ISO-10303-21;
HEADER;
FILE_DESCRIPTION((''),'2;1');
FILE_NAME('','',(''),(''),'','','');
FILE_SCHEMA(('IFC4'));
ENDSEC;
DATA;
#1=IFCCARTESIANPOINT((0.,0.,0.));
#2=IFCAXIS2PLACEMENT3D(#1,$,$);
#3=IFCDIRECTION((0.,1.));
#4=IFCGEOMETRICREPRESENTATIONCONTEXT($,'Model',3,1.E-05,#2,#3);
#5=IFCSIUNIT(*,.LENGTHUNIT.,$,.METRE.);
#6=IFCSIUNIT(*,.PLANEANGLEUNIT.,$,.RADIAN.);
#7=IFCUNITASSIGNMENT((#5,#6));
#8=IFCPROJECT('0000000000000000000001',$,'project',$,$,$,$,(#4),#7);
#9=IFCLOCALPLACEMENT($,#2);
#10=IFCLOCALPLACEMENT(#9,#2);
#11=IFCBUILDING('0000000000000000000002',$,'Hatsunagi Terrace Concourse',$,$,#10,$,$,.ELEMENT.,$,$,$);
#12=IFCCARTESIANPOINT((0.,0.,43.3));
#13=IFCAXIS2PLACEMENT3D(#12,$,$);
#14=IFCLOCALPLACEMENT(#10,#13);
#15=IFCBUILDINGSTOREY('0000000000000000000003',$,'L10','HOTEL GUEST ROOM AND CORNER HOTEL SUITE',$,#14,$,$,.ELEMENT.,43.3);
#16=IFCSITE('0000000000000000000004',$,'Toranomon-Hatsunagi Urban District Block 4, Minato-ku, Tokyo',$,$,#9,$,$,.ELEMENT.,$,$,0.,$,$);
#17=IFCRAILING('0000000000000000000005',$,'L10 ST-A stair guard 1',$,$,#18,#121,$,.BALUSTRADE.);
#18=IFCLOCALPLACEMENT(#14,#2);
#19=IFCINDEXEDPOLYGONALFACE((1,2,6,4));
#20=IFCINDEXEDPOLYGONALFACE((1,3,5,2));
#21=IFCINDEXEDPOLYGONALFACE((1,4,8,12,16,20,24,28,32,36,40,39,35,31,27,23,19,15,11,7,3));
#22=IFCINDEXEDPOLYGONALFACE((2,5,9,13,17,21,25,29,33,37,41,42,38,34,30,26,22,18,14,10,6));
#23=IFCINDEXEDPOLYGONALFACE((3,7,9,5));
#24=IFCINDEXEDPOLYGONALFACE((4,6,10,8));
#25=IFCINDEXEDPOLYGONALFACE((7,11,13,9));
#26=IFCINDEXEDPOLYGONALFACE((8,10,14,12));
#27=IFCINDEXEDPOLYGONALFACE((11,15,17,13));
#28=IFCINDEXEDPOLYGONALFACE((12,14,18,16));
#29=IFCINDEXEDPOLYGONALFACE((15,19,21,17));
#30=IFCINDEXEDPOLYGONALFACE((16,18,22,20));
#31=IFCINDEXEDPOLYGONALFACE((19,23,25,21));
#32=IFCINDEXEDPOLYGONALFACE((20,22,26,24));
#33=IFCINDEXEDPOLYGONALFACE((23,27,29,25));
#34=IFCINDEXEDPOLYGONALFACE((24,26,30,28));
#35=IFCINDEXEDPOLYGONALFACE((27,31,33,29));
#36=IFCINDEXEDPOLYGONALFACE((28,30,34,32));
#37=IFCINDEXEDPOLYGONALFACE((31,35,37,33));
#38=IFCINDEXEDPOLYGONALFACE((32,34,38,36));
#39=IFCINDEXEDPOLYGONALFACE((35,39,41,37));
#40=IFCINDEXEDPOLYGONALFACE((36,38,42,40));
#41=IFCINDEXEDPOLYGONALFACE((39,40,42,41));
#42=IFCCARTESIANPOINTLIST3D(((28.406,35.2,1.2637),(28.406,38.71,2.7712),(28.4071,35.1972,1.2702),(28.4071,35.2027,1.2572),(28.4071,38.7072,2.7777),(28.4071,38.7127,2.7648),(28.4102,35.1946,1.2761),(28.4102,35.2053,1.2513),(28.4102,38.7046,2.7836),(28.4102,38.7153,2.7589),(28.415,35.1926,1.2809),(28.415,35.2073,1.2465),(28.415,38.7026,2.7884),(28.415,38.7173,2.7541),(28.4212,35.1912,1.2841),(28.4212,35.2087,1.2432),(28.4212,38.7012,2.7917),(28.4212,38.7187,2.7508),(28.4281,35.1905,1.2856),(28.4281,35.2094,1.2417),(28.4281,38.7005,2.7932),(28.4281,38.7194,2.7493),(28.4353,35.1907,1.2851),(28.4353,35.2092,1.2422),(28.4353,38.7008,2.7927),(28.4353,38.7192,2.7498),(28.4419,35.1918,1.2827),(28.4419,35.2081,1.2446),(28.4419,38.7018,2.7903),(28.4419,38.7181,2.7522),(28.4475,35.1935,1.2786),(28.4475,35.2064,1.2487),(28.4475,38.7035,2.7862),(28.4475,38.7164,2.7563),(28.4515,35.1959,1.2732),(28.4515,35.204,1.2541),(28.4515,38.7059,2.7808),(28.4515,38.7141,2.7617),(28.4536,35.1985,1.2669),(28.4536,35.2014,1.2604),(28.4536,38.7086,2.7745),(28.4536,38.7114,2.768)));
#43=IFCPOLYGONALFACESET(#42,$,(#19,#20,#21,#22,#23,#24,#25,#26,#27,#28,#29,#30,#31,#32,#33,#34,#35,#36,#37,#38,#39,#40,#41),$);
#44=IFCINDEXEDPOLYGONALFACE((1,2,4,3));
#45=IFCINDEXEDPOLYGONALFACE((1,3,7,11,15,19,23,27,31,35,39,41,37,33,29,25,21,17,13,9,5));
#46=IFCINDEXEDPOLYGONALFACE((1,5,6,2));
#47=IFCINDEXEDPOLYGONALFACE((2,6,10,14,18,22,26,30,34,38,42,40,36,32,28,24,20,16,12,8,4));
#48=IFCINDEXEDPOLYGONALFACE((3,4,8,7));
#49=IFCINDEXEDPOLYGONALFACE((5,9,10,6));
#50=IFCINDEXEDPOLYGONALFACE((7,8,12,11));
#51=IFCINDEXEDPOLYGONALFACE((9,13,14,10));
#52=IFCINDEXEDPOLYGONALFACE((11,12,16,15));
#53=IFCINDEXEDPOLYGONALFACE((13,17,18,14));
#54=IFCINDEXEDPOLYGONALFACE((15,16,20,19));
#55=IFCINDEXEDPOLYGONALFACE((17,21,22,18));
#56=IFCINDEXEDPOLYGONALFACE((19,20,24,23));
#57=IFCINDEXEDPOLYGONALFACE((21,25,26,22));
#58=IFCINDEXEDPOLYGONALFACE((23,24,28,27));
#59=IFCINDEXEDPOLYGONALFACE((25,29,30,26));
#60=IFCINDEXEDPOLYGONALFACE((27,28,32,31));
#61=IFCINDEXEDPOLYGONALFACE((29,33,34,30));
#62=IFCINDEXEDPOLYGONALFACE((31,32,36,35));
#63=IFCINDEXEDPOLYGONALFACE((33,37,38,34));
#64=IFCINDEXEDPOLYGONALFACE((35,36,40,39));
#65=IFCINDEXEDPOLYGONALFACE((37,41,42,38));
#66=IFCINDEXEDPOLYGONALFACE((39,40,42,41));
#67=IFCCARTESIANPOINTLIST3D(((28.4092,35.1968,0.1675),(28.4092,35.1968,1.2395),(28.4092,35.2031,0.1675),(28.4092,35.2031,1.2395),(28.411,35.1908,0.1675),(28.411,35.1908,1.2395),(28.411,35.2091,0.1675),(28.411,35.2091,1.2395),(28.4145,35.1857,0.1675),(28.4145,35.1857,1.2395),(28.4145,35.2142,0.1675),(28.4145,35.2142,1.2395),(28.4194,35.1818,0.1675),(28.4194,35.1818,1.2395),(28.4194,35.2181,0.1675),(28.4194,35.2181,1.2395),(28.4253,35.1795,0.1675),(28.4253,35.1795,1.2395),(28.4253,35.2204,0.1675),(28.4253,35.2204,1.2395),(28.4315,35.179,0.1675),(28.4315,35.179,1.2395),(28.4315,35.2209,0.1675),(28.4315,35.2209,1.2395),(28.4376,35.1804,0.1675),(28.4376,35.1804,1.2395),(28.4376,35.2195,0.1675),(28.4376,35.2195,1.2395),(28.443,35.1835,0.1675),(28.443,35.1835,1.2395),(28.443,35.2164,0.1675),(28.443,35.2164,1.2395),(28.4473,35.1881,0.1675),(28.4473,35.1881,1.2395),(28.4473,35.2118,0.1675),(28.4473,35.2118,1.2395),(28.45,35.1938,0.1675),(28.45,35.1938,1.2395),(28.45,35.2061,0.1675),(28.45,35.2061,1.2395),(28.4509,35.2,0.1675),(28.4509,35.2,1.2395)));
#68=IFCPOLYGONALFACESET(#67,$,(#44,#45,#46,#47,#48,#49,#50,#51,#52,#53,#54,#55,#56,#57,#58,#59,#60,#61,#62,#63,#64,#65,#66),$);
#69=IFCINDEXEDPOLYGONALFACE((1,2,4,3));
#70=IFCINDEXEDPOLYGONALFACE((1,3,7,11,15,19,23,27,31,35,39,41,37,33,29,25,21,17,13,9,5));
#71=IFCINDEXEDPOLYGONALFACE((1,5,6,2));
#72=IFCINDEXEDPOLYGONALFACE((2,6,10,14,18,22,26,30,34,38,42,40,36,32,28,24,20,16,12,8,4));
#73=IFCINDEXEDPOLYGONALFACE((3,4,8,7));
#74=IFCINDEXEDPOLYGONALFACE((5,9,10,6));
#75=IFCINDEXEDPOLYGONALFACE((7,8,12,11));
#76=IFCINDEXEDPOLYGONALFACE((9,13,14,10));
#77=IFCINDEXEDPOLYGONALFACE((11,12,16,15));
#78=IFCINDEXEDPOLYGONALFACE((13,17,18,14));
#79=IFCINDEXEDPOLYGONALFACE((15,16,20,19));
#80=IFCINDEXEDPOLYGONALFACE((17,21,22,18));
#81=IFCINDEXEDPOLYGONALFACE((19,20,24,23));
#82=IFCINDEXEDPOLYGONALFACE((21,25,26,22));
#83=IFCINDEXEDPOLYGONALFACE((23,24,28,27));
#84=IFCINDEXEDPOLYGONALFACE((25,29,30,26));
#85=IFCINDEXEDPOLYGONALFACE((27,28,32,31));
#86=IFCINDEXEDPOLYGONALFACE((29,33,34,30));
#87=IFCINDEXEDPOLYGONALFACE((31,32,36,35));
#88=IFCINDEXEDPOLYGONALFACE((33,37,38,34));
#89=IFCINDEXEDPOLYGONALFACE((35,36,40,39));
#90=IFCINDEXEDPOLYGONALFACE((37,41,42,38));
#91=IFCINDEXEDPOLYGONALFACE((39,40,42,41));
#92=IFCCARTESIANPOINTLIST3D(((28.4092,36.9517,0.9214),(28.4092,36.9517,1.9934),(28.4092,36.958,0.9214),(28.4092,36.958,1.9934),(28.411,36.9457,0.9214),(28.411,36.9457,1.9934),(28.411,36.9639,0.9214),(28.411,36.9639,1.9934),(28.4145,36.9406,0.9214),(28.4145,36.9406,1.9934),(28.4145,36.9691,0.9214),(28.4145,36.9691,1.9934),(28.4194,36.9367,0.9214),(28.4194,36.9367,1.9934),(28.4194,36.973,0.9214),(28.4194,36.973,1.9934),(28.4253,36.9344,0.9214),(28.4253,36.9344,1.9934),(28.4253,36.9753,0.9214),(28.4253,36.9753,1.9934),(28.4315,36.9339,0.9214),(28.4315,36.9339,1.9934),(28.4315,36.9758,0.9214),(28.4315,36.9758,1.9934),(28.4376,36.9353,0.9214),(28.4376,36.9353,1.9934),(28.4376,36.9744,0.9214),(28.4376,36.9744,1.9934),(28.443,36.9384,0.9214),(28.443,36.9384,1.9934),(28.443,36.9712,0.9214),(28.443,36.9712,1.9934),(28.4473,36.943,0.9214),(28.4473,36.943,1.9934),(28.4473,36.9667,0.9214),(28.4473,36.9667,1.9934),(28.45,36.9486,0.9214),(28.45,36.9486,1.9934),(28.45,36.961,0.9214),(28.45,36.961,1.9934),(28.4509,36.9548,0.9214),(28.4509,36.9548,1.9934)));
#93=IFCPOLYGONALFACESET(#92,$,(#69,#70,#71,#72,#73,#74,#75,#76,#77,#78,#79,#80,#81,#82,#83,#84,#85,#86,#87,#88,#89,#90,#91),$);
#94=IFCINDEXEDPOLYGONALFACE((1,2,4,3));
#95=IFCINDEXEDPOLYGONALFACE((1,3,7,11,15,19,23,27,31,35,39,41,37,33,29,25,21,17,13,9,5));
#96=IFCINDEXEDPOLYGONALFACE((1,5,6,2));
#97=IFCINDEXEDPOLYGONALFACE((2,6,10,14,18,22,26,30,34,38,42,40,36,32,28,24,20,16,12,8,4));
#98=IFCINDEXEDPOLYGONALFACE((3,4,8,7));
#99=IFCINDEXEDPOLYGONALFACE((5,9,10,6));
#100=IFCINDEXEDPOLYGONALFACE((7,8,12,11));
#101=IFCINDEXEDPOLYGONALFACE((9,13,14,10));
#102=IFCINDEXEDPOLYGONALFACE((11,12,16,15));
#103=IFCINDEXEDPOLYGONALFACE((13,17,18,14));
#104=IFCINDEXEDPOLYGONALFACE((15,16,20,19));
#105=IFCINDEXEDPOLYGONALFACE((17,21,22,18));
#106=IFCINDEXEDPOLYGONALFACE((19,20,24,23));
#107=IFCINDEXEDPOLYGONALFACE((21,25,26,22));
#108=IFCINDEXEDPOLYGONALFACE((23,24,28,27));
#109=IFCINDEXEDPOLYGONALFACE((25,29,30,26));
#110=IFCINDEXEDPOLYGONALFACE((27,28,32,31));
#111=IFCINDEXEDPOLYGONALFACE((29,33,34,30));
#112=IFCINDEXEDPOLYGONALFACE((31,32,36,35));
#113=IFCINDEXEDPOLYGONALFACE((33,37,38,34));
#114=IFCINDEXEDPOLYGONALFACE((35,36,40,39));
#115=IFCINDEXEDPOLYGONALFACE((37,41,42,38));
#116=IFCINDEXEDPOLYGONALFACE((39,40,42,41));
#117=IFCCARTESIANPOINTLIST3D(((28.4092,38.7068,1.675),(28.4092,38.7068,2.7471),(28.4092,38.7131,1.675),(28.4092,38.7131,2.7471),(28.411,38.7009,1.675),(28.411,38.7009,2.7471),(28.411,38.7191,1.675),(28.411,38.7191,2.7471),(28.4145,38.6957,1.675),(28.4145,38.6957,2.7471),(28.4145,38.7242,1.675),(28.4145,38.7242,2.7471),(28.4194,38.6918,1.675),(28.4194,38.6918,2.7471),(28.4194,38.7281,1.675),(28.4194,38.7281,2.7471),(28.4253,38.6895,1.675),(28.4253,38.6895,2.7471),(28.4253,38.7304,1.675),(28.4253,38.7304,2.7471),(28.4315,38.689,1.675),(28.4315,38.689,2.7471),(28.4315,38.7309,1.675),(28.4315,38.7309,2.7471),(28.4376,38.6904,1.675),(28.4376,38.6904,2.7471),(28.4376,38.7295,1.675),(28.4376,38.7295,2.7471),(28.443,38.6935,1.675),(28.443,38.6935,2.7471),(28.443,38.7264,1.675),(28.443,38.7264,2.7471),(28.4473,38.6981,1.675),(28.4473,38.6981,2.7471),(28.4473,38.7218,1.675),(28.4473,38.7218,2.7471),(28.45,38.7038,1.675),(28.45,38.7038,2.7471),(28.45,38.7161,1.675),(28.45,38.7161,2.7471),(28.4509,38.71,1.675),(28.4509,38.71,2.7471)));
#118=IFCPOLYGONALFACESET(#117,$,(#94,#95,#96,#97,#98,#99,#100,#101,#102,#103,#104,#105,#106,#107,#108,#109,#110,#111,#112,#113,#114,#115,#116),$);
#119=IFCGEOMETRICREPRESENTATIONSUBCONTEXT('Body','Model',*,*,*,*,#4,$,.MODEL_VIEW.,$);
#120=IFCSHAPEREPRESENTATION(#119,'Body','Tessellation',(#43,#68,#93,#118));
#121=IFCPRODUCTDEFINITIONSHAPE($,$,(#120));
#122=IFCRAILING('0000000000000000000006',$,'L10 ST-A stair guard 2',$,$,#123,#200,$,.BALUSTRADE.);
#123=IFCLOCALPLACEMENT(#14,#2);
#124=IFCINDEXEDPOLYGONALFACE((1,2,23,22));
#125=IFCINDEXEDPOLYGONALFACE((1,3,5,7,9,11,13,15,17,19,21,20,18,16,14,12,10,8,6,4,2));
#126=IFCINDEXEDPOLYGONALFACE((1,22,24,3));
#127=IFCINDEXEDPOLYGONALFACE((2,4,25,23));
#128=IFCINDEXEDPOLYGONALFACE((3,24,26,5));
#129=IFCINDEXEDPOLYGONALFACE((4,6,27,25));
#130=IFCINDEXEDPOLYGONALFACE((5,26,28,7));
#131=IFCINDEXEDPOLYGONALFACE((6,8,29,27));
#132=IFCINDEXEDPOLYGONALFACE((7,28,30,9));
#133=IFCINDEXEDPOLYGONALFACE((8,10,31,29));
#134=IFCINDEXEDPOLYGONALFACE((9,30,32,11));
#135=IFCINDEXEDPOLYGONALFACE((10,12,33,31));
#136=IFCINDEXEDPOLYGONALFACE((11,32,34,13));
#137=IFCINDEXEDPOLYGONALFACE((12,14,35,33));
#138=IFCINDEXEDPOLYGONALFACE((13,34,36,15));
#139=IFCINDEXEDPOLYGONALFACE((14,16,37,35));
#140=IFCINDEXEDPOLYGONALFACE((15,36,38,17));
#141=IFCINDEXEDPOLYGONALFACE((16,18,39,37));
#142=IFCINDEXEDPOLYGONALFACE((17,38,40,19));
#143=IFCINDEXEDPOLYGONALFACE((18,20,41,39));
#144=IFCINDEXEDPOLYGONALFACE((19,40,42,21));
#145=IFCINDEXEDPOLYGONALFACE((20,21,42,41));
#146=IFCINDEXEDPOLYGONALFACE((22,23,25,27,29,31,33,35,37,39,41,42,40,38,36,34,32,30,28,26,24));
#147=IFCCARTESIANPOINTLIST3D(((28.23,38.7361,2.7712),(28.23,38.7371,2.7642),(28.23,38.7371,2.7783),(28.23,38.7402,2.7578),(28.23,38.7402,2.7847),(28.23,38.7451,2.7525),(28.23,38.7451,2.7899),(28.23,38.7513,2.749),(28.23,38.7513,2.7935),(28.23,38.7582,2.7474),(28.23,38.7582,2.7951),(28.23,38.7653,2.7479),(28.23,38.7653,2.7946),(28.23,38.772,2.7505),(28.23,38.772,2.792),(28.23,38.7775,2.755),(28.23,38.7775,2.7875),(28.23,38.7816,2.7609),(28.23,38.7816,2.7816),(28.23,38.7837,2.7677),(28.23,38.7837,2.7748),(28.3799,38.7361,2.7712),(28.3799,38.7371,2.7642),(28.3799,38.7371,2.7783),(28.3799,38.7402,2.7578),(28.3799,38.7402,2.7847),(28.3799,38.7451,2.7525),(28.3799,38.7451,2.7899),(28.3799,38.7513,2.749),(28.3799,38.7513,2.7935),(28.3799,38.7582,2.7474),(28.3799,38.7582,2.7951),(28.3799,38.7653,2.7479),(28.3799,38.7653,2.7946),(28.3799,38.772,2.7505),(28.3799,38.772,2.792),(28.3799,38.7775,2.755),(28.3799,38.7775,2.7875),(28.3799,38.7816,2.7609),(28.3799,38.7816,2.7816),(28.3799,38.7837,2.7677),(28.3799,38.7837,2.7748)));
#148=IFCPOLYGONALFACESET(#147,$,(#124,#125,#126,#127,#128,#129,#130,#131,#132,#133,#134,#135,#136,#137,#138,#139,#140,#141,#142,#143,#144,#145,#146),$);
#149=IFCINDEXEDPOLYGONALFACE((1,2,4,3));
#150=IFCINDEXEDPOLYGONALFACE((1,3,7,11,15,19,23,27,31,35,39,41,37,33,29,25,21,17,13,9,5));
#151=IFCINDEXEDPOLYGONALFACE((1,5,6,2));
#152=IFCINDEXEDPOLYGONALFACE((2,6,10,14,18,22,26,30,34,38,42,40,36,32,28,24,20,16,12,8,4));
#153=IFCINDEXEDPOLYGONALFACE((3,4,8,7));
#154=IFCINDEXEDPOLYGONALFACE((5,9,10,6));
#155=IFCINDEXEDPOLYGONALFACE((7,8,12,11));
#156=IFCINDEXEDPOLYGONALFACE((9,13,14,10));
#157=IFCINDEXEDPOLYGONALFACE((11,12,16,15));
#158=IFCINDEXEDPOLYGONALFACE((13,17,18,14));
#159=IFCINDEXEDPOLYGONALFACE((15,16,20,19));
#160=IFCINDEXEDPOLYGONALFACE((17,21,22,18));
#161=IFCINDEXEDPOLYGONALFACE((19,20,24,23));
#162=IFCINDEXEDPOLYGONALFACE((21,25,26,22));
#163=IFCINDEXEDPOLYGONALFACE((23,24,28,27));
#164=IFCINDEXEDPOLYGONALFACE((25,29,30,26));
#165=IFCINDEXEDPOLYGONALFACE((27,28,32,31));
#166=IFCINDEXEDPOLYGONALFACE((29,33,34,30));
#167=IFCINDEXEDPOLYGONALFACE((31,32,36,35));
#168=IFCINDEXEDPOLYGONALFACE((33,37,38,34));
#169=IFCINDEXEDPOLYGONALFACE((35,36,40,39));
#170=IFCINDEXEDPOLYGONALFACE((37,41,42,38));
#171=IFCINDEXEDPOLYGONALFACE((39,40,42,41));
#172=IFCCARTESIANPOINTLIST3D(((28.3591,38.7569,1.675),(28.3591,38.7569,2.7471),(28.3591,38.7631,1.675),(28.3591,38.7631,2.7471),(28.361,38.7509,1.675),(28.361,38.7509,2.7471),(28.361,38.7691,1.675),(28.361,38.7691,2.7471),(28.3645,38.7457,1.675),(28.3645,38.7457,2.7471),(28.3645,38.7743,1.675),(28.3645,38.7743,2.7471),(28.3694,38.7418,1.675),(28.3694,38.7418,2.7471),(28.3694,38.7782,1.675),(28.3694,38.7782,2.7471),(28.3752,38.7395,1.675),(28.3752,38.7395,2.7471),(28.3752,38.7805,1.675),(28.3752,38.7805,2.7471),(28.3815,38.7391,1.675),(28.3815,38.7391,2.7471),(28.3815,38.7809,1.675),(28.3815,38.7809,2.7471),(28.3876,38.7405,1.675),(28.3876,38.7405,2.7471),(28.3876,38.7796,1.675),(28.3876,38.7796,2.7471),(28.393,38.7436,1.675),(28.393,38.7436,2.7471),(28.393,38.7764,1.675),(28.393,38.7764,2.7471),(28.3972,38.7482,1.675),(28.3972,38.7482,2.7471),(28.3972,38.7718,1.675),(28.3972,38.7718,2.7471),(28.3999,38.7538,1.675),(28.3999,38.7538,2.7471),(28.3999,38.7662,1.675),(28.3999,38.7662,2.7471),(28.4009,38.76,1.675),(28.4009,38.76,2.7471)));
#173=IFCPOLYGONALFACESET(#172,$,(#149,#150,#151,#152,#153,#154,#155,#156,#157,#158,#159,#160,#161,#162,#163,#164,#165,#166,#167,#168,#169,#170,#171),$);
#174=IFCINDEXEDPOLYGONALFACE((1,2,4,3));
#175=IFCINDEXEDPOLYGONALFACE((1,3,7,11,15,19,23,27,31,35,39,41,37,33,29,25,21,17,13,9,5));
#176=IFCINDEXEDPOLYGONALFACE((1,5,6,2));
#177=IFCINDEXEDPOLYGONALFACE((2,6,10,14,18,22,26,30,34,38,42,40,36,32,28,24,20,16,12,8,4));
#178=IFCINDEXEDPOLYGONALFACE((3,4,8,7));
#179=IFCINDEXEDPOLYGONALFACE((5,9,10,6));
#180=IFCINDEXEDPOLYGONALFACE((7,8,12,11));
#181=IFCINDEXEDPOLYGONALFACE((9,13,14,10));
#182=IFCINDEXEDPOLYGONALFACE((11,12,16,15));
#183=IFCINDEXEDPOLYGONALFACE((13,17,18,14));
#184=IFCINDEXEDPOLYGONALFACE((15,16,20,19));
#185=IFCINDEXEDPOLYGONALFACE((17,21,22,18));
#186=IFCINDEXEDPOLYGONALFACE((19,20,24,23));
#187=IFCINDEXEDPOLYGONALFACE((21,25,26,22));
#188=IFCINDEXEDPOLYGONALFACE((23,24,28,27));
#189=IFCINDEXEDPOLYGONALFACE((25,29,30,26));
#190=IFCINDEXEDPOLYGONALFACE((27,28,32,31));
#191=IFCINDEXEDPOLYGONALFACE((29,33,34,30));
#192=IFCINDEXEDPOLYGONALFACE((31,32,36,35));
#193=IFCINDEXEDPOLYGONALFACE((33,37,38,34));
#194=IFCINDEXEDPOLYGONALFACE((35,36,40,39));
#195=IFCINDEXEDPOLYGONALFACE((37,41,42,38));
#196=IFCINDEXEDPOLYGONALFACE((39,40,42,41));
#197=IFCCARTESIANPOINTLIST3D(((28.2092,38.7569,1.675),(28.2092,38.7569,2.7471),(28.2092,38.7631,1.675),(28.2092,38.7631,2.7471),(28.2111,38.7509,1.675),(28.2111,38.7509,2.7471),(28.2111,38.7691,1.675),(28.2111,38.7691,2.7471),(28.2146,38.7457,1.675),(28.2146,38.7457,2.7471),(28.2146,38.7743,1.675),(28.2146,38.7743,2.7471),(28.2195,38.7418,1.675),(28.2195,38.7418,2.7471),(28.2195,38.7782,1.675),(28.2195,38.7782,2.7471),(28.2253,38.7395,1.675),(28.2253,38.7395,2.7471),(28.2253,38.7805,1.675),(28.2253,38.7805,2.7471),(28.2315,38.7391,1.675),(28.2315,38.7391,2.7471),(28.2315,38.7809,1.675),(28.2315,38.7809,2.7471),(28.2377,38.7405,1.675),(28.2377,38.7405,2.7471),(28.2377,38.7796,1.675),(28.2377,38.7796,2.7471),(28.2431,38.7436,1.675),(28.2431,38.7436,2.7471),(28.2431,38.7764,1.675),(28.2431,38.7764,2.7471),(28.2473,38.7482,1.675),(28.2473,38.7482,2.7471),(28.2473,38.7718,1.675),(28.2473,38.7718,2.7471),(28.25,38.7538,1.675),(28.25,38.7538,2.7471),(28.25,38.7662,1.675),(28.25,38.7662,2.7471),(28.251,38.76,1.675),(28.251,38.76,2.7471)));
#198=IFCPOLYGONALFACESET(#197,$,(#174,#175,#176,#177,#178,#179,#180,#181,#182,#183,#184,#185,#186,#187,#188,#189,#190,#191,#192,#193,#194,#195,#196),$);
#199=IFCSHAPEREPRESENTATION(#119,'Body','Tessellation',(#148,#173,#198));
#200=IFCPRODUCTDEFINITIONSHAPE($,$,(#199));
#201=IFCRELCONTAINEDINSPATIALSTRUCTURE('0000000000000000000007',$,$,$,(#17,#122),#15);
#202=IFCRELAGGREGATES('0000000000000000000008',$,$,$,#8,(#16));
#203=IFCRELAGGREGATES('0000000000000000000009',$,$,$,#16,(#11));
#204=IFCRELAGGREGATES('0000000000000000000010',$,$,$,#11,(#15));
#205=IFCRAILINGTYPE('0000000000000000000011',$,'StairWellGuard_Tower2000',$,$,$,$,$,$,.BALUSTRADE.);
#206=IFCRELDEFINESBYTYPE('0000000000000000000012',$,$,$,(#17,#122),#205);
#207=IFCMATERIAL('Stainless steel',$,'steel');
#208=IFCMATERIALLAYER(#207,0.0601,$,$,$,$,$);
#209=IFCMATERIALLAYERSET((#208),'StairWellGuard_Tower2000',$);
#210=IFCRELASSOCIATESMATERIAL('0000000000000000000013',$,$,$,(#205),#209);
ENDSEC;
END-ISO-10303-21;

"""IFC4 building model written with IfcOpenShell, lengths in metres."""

from ifc_helpers import new_model, si_unit, direction, frame, origin, origin_2d, place, context, subcontext, project, spatial, circle, extrude, material, layer, layer_set, type_object, element, save


model = new_model("IFC4")

# Units and contexts
model_context = context("Model", 3, precision=1e-05, world=origin(), true_north=direction((0.0, 1.0)))
body_context = subcontext(model_context, "Body", "Model", "MODEL_VIEW")
ifc_project = project(units=[si_unit("LENGTHUNIT", "METRE"), si_unit("PLANEANGLEUNIT", "RADIAN")], contexts=[model_context])

# Site, building, storey
site_placement = place(None, origin())
site = spatial("IfcSite", under=ifc_project, at=site_placement, Name="Toranomon-Hatsunagi Urban District Block 4, Minato-ku, Tokyo", CompositionType="ELEMENT", RefElevation=0.0)
building_placement = place(site_placement, origin())
building = spatial("IfcBuilding", under=site, at=building_placement, Name="Hatsunagi Terrace Concourse", CompositionType="ELEMENT")
storey_placement = place(building_placement, frame((0.0, 0.0, 43.3)))
storey = spatial("IfcBuildingStorey", under=building, at=storey_placement, Name="L10", Description="HOTEL GUEST ROOM AND CORNER HOTEL SUITE", CompositionType="ELEMENT", Elevation=43.3)

# Railings
ifc_material_1 = material(Name="Stainless steel", Category="steel")
ifc_layer_1 = layer(ifc_material_1, 0.0601)
ifc_layer_set_1 = layer_set([ifc_layer_1], Name="StairWellGuard_Tower2000")
railing_type_1 = type_object("IfcRailingType", Name="StairWellGuard_Tower2000", PredefinedType="BALUSTRADE", material=ifc_layer_set_1)
railing_1_placement = place(storey_placement, frame((28.4299, 35.2, 0.1675)))
element("IfcRailing", 1, at=railing_1_placement, inside=storey, type_object=railing_type_1, Name="L10 ST-A stair guard 1", PredefinedType="BALUSTRADE", context=body_context, shape_type="SweptSolid", body=[
    extrude(circle(Radius=0.0239, at=origin_2d()), frame((0.0, 0.0, 1.0962), z_axis=(0.0, 0.918834, 0.394644), x_axis=(-1.0, 0.0, 0.0)), (0.0, 0.0, 1.0), 3.8201),
    extrude(circle(Radius=0.021, at=origin_2d()), origin(), (0.0, 0.0, 1.0), 1.072),
    extrude(circle(Radius=0.021, at=origin_2d()), frame((0.0, 1.7549, 0.7539)), (0.0, 0.0, 1.0), 1.072),
    extrude(circle(Radius=0.021, at=origin_2d()), frame((0.0, 3.51, 1.5076)), (0.0, 0.0, 1.0), 1.072),
])
railing_2_placement = place(storey_placement, frame((28.3799, 38.76, 1.675)))
element("IfcRailing", 2, at=railing_2_placement, inside=storey, type_object=railing_type_1, Name="L10 ST-A stair guard 2", PredefinedType="BALUSTRADE", context=body_context, shape_type="SweptSolid", body=[
    extrude(circle(Radius=0.0239, at=origin_2d()), frame((0.0, 0.0, 1.0962), z_axis=(-1.0, 0.0, 0.0), x_axis=(0.0, -1.0, 0.0)), (0.0, 0.0, 1.0), 0.1499),
    extrude(circle(Radius=0.021, at=origin_2d()), origin(), (0.0, 0.0, 1.0), 1.072),
    extrude(circle(Radius=0.021, at=origin_2d()), frame((-0.1499, 0.0, 0.0)), (0.0, 0.0, 1.0), 1.072),
])

save(model, "model.ifc")
